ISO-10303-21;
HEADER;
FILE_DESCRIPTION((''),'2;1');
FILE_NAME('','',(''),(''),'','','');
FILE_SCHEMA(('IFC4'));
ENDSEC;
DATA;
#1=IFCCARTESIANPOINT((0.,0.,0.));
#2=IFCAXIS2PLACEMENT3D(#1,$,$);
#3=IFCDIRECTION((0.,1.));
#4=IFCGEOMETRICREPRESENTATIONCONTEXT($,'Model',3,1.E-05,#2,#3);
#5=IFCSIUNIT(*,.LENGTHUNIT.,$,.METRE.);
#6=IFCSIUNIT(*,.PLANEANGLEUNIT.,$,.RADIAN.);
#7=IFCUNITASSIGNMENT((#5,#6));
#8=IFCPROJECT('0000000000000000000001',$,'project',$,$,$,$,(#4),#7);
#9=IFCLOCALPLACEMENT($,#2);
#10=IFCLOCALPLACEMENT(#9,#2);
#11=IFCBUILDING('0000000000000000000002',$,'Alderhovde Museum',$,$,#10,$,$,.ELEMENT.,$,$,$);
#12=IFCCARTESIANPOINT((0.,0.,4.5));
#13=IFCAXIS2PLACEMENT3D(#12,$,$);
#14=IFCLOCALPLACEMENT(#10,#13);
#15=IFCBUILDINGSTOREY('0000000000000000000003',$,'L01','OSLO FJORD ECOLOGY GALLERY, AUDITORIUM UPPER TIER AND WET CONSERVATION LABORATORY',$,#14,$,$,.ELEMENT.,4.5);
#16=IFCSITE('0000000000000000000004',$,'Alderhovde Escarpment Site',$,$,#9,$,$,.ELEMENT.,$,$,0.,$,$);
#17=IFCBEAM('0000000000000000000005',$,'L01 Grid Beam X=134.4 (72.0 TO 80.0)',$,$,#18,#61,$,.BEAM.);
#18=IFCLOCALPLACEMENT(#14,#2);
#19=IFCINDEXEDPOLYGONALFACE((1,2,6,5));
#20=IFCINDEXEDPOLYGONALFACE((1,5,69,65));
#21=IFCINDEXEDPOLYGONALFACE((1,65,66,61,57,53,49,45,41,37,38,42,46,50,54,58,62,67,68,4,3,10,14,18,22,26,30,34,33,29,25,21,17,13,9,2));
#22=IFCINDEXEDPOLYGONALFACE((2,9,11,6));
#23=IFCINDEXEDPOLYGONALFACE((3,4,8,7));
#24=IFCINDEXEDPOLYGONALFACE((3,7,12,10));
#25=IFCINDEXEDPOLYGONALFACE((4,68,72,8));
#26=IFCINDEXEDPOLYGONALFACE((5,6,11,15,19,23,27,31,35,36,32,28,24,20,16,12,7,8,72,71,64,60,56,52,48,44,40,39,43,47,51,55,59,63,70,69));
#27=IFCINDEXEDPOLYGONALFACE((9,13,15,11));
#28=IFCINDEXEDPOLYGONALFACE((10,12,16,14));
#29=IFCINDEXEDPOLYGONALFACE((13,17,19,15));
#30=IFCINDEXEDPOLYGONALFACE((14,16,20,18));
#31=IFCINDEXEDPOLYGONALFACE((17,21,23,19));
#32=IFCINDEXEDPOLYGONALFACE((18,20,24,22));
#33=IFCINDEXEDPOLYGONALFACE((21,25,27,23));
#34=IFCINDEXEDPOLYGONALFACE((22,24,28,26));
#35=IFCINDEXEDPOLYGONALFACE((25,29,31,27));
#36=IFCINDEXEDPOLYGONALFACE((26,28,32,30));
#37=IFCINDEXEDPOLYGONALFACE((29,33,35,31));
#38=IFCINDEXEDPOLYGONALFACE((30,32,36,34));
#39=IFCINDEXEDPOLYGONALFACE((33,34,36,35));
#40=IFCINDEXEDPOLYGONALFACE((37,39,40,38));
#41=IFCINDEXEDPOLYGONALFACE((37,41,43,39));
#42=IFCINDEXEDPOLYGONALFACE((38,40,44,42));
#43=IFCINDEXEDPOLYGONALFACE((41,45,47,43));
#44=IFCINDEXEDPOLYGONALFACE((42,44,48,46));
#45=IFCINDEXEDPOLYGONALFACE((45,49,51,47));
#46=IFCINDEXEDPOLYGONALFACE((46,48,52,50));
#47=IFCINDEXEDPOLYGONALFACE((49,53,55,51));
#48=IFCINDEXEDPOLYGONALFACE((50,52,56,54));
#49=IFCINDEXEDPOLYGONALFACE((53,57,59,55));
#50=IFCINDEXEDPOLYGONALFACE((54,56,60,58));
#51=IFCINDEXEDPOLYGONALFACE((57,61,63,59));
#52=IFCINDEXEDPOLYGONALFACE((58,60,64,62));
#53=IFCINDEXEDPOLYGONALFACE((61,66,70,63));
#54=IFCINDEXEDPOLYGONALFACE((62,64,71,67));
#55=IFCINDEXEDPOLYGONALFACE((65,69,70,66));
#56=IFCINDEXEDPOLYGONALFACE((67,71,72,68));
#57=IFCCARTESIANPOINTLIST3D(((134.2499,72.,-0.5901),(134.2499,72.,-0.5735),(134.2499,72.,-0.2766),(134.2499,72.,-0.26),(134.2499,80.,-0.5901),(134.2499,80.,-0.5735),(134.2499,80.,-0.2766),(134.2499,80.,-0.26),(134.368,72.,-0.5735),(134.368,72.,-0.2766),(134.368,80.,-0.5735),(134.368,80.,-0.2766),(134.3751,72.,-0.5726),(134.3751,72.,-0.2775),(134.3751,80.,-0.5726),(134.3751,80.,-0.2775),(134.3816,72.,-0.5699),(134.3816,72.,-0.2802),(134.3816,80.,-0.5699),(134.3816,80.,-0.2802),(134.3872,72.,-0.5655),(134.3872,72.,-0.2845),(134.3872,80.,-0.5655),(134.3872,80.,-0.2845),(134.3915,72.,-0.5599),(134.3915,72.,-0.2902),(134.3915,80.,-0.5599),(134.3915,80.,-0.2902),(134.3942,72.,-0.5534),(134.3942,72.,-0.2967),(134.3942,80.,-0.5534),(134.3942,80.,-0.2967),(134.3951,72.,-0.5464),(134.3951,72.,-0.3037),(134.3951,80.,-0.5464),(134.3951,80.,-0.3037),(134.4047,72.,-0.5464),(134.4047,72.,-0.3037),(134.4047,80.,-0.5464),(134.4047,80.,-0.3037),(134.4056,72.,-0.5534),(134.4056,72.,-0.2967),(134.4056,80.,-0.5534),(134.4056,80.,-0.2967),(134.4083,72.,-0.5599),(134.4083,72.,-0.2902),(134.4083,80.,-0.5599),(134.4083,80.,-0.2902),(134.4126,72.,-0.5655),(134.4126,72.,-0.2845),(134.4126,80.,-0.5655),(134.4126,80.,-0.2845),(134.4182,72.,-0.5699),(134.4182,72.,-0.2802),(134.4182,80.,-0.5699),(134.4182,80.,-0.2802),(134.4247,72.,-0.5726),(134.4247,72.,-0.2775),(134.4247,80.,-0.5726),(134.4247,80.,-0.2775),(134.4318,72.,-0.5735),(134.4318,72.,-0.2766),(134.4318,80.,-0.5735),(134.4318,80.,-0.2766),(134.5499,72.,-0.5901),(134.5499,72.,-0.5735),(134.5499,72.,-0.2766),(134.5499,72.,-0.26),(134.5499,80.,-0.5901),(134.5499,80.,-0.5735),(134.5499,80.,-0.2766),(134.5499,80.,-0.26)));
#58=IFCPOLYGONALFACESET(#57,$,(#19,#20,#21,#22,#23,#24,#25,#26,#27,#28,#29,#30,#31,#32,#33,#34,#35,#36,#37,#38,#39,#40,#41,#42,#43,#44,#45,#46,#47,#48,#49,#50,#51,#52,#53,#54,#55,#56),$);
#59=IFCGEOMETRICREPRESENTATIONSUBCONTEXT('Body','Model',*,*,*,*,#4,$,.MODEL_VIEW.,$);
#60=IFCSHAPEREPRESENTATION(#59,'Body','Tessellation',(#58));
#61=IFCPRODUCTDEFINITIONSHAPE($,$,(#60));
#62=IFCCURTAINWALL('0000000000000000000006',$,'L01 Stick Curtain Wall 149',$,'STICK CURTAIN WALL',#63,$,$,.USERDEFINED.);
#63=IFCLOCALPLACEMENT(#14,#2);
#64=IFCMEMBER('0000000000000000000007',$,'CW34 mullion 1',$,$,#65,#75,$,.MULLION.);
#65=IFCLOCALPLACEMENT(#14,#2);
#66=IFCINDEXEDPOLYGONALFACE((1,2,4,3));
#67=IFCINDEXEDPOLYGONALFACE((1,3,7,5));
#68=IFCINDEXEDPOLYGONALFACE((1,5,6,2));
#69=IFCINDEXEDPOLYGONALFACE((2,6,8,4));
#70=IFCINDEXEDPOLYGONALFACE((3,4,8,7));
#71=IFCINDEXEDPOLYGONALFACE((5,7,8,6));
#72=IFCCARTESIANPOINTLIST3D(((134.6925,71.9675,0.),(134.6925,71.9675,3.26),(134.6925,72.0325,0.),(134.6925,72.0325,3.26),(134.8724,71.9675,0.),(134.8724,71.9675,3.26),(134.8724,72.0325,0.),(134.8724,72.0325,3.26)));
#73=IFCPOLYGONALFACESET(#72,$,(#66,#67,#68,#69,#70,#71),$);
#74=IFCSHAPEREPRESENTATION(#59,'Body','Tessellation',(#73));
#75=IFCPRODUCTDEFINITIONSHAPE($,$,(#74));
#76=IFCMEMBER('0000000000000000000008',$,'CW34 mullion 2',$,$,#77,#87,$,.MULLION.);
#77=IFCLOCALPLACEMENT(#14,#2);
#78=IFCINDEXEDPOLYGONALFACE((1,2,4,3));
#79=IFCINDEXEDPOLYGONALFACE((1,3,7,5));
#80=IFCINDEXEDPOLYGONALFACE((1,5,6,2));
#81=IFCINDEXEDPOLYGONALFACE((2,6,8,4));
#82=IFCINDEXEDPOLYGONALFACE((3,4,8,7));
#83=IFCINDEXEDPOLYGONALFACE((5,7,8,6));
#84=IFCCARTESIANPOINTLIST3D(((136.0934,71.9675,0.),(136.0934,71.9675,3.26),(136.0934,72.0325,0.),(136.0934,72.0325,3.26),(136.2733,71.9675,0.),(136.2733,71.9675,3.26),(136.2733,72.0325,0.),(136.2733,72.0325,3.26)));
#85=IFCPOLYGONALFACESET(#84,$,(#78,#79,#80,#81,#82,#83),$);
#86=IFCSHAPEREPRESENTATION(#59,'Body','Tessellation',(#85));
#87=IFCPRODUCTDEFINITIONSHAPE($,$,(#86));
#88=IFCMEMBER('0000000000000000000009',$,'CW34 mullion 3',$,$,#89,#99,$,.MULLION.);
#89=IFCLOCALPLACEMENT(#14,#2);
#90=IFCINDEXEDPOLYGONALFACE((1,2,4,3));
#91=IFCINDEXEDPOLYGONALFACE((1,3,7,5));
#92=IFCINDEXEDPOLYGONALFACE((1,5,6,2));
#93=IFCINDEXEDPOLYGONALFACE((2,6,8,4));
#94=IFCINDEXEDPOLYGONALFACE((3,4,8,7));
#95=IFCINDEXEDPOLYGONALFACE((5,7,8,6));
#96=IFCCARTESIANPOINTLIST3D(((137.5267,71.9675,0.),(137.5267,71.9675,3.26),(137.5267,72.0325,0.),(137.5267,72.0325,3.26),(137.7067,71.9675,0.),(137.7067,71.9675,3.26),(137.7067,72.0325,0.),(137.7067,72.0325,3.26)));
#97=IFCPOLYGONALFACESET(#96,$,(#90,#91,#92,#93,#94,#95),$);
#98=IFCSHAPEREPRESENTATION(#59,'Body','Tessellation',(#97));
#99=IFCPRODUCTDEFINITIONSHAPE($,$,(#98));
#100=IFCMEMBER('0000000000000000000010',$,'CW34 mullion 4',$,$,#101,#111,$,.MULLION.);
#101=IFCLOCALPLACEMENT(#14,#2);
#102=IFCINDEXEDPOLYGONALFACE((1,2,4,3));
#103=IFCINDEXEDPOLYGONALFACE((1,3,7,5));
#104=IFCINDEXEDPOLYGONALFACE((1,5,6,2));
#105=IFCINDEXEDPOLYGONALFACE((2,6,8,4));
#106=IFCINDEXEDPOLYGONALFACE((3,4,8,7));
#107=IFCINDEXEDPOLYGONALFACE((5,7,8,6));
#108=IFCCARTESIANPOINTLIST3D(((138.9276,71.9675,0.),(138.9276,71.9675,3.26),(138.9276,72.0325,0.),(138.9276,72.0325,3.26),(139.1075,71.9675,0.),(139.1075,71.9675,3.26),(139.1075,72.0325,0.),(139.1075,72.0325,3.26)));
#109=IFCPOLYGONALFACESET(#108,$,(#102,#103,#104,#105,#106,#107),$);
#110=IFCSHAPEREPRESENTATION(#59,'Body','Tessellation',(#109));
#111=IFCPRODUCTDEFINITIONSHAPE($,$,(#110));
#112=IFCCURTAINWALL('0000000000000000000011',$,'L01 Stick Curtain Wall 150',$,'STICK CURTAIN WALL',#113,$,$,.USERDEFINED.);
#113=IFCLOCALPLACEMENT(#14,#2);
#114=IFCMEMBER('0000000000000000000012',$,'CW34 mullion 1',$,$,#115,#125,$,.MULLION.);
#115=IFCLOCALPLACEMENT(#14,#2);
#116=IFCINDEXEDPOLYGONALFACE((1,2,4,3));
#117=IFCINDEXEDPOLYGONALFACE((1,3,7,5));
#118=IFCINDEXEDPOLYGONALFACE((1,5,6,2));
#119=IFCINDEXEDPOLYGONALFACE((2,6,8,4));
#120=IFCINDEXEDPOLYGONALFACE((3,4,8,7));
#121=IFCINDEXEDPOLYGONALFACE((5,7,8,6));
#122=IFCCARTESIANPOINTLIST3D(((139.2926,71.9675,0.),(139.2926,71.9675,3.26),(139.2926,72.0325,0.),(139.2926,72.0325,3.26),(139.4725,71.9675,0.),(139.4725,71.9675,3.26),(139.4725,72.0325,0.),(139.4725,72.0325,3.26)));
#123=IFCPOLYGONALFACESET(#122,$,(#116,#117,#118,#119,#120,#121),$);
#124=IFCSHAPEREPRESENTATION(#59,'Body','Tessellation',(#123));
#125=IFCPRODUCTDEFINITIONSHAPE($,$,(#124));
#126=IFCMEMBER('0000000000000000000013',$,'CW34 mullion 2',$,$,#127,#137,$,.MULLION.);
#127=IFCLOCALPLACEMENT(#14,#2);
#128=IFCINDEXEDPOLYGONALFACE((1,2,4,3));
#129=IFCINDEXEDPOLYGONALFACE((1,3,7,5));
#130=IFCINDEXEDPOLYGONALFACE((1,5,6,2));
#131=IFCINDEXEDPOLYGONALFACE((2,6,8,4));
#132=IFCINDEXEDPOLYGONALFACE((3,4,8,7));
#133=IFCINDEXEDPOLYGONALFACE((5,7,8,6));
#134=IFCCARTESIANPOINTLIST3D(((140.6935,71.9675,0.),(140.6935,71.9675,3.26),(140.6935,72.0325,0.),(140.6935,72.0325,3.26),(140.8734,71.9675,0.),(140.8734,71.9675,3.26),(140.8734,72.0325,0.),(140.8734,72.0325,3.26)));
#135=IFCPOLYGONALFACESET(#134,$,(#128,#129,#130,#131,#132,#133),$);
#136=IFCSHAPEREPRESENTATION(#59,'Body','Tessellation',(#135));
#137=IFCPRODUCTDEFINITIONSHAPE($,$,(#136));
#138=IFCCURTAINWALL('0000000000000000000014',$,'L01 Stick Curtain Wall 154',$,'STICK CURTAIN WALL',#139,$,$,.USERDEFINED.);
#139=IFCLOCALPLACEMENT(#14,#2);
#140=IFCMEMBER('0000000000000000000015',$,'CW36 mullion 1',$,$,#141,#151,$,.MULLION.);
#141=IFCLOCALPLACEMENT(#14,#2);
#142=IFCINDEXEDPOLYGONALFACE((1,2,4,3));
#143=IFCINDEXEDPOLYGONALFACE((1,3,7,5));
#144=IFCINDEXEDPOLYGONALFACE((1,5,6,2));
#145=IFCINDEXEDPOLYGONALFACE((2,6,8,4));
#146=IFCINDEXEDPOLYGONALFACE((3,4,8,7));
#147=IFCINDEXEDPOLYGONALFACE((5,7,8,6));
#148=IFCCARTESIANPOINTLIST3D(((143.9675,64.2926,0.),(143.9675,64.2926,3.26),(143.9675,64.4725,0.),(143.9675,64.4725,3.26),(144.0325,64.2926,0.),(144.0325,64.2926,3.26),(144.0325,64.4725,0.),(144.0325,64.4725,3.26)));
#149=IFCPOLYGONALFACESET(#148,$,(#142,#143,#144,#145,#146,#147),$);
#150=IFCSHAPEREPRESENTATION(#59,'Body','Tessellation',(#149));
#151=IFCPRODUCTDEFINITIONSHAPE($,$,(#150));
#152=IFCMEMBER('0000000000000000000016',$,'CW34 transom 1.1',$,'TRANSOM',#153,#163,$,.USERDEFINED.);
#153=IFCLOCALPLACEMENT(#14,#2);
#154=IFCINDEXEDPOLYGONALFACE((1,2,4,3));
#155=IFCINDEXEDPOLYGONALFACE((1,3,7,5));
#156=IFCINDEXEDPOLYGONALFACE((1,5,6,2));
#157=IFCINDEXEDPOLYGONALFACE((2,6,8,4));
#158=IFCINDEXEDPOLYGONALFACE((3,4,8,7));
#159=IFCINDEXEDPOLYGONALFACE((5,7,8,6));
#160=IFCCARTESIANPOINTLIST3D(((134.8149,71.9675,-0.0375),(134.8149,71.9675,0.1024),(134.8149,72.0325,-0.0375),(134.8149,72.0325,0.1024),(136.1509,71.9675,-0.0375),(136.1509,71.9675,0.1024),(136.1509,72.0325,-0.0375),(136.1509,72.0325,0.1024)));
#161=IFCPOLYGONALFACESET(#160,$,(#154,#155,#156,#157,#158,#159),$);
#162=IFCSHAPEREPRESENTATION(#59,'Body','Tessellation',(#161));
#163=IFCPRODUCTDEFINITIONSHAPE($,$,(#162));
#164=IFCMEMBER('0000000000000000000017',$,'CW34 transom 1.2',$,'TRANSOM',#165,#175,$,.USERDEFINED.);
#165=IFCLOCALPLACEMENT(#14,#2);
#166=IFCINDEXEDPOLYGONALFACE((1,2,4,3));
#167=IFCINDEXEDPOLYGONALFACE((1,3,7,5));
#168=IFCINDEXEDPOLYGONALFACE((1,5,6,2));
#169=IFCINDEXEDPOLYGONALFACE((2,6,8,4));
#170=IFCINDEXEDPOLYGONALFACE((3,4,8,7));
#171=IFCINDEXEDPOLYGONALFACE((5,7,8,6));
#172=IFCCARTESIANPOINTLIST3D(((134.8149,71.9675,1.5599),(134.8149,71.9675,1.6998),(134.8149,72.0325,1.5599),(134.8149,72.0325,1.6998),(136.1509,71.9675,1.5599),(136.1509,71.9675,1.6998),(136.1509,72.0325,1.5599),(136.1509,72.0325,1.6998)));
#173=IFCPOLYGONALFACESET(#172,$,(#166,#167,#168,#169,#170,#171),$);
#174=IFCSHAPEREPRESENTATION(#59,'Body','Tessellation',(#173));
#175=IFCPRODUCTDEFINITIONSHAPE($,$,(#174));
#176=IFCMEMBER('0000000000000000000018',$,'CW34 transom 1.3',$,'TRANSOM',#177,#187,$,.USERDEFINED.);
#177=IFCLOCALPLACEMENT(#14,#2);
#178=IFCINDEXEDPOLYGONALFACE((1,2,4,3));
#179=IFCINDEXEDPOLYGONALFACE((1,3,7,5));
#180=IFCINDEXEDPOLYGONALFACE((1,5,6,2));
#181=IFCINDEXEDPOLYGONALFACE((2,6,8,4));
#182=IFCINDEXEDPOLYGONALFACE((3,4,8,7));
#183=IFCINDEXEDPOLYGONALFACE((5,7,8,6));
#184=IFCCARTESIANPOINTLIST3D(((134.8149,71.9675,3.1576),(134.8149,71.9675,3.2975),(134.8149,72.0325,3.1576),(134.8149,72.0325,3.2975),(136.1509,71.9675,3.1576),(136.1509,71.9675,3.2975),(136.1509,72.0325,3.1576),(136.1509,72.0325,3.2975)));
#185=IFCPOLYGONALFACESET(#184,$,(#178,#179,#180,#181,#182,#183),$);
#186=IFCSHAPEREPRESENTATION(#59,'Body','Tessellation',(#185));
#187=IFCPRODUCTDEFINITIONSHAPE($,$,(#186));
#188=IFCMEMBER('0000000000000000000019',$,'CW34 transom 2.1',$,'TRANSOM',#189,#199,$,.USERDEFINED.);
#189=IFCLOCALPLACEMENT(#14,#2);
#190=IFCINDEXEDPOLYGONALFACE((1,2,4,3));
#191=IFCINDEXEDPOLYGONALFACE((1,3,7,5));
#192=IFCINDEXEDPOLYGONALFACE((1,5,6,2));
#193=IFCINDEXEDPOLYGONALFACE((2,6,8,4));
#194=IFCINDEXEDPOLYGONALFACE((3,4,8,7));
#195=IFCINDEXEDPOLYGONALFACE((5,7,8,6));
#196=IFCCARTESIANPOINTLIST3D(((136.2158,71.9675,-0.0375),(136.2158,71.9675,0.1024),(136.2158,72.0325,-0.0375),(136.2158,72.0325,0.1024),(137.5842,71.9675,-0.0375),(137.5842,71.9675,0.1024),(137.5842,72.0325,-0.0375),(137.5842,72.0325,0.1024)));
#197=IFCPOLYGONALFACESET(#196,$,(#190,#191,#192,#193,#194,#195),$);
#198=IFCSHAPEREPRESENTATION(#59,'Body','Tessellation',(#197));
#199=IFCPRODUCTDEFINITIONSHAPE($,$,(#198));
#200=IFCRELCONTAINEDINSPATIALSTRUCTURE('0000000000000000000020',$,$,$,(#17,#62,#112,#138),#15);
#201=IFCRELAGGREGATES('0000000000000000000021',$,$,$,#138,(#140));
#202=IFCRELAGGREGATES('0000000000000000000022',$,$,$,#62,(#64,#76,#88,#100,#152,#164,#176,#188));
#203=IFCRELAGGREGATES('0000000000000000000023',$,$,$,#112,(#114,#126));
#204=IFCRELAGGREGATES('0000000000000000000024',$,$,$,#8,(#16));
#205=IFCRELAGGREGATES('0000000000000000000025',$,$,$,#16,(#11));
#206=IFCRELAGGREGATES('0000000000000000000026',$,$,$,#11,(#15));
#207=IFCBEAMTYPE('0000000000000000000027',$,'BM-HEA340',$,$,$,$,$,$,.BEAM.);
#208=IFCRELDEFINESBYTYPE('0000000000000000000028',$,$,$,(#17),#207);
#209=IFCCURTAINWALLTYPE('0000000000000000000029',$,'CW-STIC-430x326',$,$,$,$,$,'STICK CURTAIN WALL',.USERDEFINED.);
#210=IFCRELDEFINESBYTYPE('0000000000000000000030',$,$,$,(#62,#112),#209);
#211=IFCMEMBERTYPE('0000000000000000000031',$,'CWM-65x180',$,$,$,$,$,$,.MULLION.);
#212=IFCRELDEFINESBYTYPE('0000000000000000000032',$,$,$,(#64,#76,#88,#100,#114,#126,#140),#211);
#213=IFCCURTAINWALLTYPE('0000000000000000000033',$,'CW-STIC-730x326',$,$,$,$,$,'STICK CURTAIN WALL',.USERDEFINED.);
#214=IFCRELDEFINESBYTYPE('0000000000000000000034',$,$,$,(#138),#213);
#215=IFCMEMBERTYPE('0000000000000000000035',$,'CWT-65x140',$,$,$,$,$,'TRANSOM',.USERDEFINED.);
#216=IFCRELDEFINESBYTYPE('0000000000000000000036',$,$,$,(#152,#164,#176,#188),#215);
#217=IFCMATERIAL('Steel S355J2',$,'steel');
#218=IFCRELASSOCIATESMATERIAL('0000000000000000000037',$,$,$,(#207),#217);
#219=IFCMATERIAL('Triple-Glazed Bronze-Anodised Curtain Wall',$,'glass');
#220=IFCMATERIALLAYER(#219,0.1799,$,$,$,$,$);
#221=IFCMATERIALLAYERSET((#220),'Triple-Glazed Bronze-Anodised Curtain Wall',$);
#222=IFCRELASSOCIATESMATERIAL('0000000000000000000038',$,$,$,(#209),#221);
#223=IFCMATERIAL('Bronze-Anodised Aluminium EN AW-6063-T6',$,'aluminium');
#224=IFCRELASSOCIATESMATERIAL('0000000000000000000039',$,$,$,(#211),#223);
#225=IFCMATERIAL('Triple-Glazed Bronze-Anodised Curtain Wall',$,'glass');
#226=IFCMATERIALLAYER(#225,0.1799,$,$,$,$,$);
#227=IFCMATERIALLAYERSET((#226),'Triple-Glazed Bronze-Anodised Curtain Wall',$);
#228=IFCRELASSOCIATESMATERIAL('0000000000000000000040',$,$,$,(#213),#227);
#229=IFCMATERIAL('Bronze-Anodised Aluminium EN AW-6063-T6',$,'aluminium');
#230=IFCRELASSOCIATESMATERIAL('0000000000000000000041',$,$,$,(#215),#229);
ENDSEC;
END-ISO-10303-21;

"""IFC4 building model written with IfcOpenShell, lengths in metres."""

from ifc_helpers import new_model, si_unit, direction, frame, origin, origin_2d, place, context, subcontext, project, spatial, rectangle, i_section, extrude, material, layer, layer_set, material_profile, profile_set, type_object, element, aggregate, save


model = new_model("IFC4")

# Units and contexts
model_context = context("Model", 3, precision=1e-05, world=origin(), true_north=direction((0.0, 1.0)))
body_context = subcontext(model_context, "Body", "Model", "MODEL_VIEW")
ifc_project = project(units=[si_unit("LENGTHUNIT", "METRE"), si_unit("PLANEANGLEUNIT", "RADIAN")], contexts=[model_context])

# Site, building, storey
site_placement = place(None, origin())
site = spatial("IfcSite", under=ifc_project, at=site_placement, Name="Alderhovde Escarpment Site", CompositionType="ELEMENT", RefElevation=0.0)
building_placement = place(site_placement, origin())
building = spatial("IfcBuilding", under=site, at=building_placement, Name="Alderhovde Museum", CompositionType="ELEMENT")
storey_placement = place(building_placement, frame((0.0, 0.0, 4.5)))
storey = spatial("IfcBuildingStorey", under=building, at=storey_placement, Name="L01", Description="OSLO FJORD ECOLOGY GALLERY, AUDITORIUM UPPER TIER AND WET CONSERVATION LABORATORY", CompositionType="ELEMENT", Elevation=4.5)

# Beam
ifc_material_1 = material(Name="Steel S355J2", Category="steel")
ifc_material_profile_1 = material_profile(ifc_material_1, i_section(OverallWidth=0.3, OverallDepth=0.3301, WebThickness=0.0095, FlangeThickness=0.0166, FilletRadius=0.0271, at=origin_2d()), Name="HEA 340")
ifc_profile_set_1 = profile_set([ifc_material_profile_1], Name="Steel S355J2")
beam_type = type_object("IfcBeamType", Name="BM-HEA340", PredefinedType="BEAM", material=ifc_profile_set_1)
beam_placement = place(storey_placement, frame((134.3999, 72.0, -0.425), z_axis=(0.0, 1.0, 0.0), x_axis=(-1.0, 0.0, 0.0)))
element("IfcBeam", 1, at=beam_placement, inside=storey, type_object=beam_type, Name="L01 Grid Beam X=134.4 (72.0 TO 80.0)", PredefinedType="BEAM", context=body_context, shape_type="SweptSolid", body=[
    extrude(i_section(OverallWidth=0.3, OverallDepth=0.3301, WebThickness=0.0095, FlangeThickness=0.0166, FilletRadius=0.0271, at=origin_2d()), origin(), (0.0, 0.0, 1.0), 8.0),
])

# Curtain walls, members
ifc_material_2 = material(Name="Triple-Glazed Bronze-Anodised Curtain Wall", Category="glass")
ifc_layer_1 = layer(ifc_material_2, 0.1799)
ifc_layer_set_1 = layer_set([ifc_layer_1], Name="Triple-Glazed Bronze-Anodised Curtain Wall")
curtain_wall_type_1 = type_object("IfcCurtainWallType", Name="CW-STIC-430x326", ElementType="STICK CURTAIN WALL", PredefinedType="USERDEFINED", material=ifc_layer_set_1)
curtain_wall_1_placement = place(storey_placement, origin())
curtain_wall_1 = element("IfcCurtainWall", 2, at=curtain_wall_1_placement, inside=storey, type_object=curtain_wall_type_1, Name="L01 Stick Curtain Wall 149", ObjectType="STICK CURTAIN WALL", PredefinedType="USERDEFINED")
ifc_material_3 = material(Name="Bronze-Anodised Aluminium EN AW-6063-T6", Category="aluminium")
ifc_material_profile_2 = material_profile(ifc_material_3, rectangle(XDim=0.0649, YDim=0.1799, at=origin_2d()), Name="MULLION 65x180")
ifc_profile_set_2 = profile_set([ifc_material_profile_2], Name="Bronze-Anodised Aluminium EN AW-6063-T6")
member_type_1 = type_object("IfcMemberType", Name="CWM-65x180", PredefinedType="MULLION", material=ifc_profile_set_2)
member_1_placement = place(storey_placement, frame((134.7825, 72.0, 0.0), z_axis=(0.0, 0.0, 1.0), x_axis=(0.0, 1.0, 0.0)))
member_1 = element("IfcMember", 3, at=member_1_placement, type_object=member_type_1, Name="CW34 mullion 1", PredefinedType="MULLION", context=body_context, shape_type="SweptSolid", body=[
    extrude(rectangle(XDim=0.0649, YDim=0.1799, at=origin_2d()), origin(), (0.0, 0.0, 1.0), 3.26),
])
member_2_placement = place(storey_placement, frame((136.1833, 72.0, 0.0), z_axis=(0.0, 0.0, 1.0), x_axis=(0.0, 1.0, 0.0)))
member_2 = element("IfcMember", 4, at=member_2_placement, type_object=member_type_1, Name="CW34 mullion 2", PredefinedType="MULLION", context=body_context, shape_type="SweptSolid", body=[
    extrude(rectangle(XDim=0.0649, YDim=0.1799, at=origin_2d()), origin(), (0.0, 0.0, 1.0), 3.26),
])
member_3_placement = place(storey_placement, frame((137.6167, 72.0, 0.0), z_axis=(0.0, 0.0, 1.0), x_axis=(0.0, 1.0, 0.0)))
member_3 = element("IfcMember", 5, at=member_3_placement, type_object=member_type_1, Name="CW34 mullion 3", PredefinedType="MULLION", context=body_context, shape_type="SweptSolid", body=[
    extrude(rectangle(XDim=0.0649, YDim=0.1799, at=origin_2d()), origin(), (0.0, 0.0, 1.0), 3.26),
])
member_4_placement = place(storey_placement, frame((139.0176, 72.0, 0.0), z_axis=(0.0, 0.0, 1.0), x_axis=(0.0, 1.0, 0.0)))
member_4 = element("IfcMember", 6, at=member_4_placement, type_object=member_type_1, Name="CW34 mullion 4", PredefinedType="MULLION", context=body_context, shape_type="SweptSolid", body=[
    extrude(rectangle(XDim=0.0649, YDim=0.1799, at=origin_2d()), origin(), (0.0, 0.0, 1.0), 3.26),
])
curtain_wall_2_placement = place(storey_placement, origin())
curtain_wall_2 = element("IfcCurtainWall", 7, at=curtain_wall_2_placement, inside=storey, type_object=curtain_wall_type_1, Name="L01 Stick Curtain Wall 150", ObjectType="STICK CURTAIN WALL", PredefinedType="USERDEFINED")
member_5_placement = place(storey_placement, frame((139.3826, 72.0, 0.0), z_axis=(0.0, 0.0, 1.0), x_axis=(0.0, 1.0, 0.0)))
member_5 = element("IfcMember", 8, at=member_5_placement, type_object=member_type_1, Name="CW34 mullion 1", PredefinedType="MULLION", context=body_context, shape_type="SweptSolid", body=[
    extrude(rectangle(XDim=0.0649, YDim=0.1799, at=origin_2d()), origin(), (0.0, 0.0, 1.0), 3.26),
])
member_6_placement = place(storey_placement, frame((140.7834, 72.0, 0.0), z_axis=(0.0, 0.0, 1.0), x_axis=(0.0, 1.0, 0.0)))
member_6 = element("IfcMember", 9, at=member_6_placement, type_object=member_type_1, Name="CW34 mullion 2", PredefinedType="MULLION", context=body_context, shape_type="SweptSolid", body=[
    extrude(rectangle(XDim=0.0649, YDim=0.1799, at=origin_2d()), origin(), (0.0, 0.0, 1.0), 3.26),
])

# Curtain wall, member
ifc_material_4 = material(Name="Triple-Glazed Bronze-Anodised Curtain Wall", Category="glass")
ifc_layer_2 = layer(ifc_material_4, 0.1799)
ifc_layer_set_2 = layer_set([ifc_layer_2], Name="Triple-Glazed Bronze-Anodised Curtain Wall")
curtain_wall_type_2 = type_object("IfcCurtainWallType", Name="CW-STIC-730x326", ElementType="STICK CURTAIN WALL", PredefinedType="USERDEFINED", material=ifc_layer_set_2)
curtain_wall_3_placement = place(storey_placement, origin())
curtain_wall_3 = element("IfcCurtainWall", 10, at=curtain_wall_3_placement, inside=storey, type_object=curtain_wall_type_2, Name="L01 Stick Curtain Wall 154", ObjectType="STICK CURTAIN WALL", PredefinedType="USERDEFINED")
member_7_placement = place(storey_placement, frame((144.0, 64.3826, 0.0), z_axis=(0.0, 0.0, 1.0), x_axis=(-1.0, 0.0, 0.0)))
member_7 = element("IfcMember", 11, at=member_7_placement, type_object=member_type_1, Name="CW36 mullion 1", PredefinedType="MULLION", context=body_context, shape_type="SweptSolid", body=[
    extrude(rectangle(XDim=0.0649, YDim=0.1799, at=origin_2d()), origin(), (0.0, 0.0, 1.0), 3.26),
])
aggregate(curtain_wall_3, [member_7])

# Members
ifc_material_5 = material(Name="Bronze-Anodised Aluminium EN AW-6063-T6", Category="aluminium")
ifc_material_profile_3 = material_profile(ifc_material_5, rectangle(XDim=0.0649, YDim=0.1399, at=origin_2d()), Name="TRANSOM 65x140")
ifc_profile_set_3 = profile_set([ifc_material_profile_3], Name="Bronze-Anodised Aluminium EN AW-6063-T6")
member_type_2 = type_object("IfcMemberType", Name="CWT-65x140", ElementType="TRANSOM", PredefinedType="USERDEFINED", material=ifc_profile_set_3)
member_8_placement = place(storey_placement, frame((134.8149, 72.0, 0.0325), z_axis=(1.0, 0.0, 0.0), x_axis=(0.0, 1.0, 0.0)))
member_8 = element("IfcMember", 12, at=member_8_placement, type_object=member_type_2, Name="CW34 transom 1.1", ObjectType="TRANSOM", PredefinedType="USERDEFINED", context=body_context, shape_type="SweptSolid", body=[
    extrude(rectangle(XDim=0.0649, YDim=0.1399, at=origin_2d()), origin(), (0.0, 0.0, 1.0), 1.3359),
])
member_9_placement = place(storey_placement, frame((134.8149, 72.0, 1.6299), z_axis=(1.0, 0.0, 0.0), x_axis=(0.0, 1.0, 0.0)))
member_9 = element("IfcMember", 13, at=member_9_placement, type_object=member_type_2, Name="CW34 transom 1.2", ObjectType="TRANSOM", PredefinedType="USERDEFINED", context=body_context, shape_type="SweptSolid", body=[
    extrude(rectangle(XDim=0.0649, YDim=0.1399, at=origin_2d()), origin(), (0.0, 0.0, 1.0), 1.3359),
])
member_10_placement = place(storey_placement, frame((134.8149, 72.0, 3.2275), z_axis=(1.0, 0.0, 0.0), x_axis=(0.0, 1.0, 0.0)))
member_10 = element("IfcMember", 14, at=member_10_placement, type_object=member_type_2, Name="CW34 transom 1.3", ObjectType="TRANSOM", PredefinedType="USERDEFINED", context=body_context, shape_type="SweptSolid", body=[
    extrude(rectangle(XDim=0.0649, YDim=0.1399, at=origin_2d()), origin(), (0.0, 0.0, 1.0), 1.3359),
])
member_11_placement = place(storey_placement, frame((136.2158, 72.0, 0.0325), z_axis=(1.0, 0.0, 0.0), x_axis=(0.0, 1.0, 0.0)))
member_11 = element("IfcMember", 15, at=member_11_placement, type_object=member_type_2, Name="CW34 transom 2.1", ObjectType="TRANSOM", PredefinedType="USERDEFINED", context=body_context, shape_type="SweptSolid", body=[
    extrude(rectangle(XDim=0.0649, YDim=0.1399, at=origin_2d()), origin(), (0.0, 0.0, 1.0), 1.3684),
])

aggregate(curtain_wall_1, [member_1, member_2, member_3, member_4, member_8, member_9, member_10, member_11])
aggregate(curtain_wall_2, [member_5, member_6])

save(model, "model.ifc")
